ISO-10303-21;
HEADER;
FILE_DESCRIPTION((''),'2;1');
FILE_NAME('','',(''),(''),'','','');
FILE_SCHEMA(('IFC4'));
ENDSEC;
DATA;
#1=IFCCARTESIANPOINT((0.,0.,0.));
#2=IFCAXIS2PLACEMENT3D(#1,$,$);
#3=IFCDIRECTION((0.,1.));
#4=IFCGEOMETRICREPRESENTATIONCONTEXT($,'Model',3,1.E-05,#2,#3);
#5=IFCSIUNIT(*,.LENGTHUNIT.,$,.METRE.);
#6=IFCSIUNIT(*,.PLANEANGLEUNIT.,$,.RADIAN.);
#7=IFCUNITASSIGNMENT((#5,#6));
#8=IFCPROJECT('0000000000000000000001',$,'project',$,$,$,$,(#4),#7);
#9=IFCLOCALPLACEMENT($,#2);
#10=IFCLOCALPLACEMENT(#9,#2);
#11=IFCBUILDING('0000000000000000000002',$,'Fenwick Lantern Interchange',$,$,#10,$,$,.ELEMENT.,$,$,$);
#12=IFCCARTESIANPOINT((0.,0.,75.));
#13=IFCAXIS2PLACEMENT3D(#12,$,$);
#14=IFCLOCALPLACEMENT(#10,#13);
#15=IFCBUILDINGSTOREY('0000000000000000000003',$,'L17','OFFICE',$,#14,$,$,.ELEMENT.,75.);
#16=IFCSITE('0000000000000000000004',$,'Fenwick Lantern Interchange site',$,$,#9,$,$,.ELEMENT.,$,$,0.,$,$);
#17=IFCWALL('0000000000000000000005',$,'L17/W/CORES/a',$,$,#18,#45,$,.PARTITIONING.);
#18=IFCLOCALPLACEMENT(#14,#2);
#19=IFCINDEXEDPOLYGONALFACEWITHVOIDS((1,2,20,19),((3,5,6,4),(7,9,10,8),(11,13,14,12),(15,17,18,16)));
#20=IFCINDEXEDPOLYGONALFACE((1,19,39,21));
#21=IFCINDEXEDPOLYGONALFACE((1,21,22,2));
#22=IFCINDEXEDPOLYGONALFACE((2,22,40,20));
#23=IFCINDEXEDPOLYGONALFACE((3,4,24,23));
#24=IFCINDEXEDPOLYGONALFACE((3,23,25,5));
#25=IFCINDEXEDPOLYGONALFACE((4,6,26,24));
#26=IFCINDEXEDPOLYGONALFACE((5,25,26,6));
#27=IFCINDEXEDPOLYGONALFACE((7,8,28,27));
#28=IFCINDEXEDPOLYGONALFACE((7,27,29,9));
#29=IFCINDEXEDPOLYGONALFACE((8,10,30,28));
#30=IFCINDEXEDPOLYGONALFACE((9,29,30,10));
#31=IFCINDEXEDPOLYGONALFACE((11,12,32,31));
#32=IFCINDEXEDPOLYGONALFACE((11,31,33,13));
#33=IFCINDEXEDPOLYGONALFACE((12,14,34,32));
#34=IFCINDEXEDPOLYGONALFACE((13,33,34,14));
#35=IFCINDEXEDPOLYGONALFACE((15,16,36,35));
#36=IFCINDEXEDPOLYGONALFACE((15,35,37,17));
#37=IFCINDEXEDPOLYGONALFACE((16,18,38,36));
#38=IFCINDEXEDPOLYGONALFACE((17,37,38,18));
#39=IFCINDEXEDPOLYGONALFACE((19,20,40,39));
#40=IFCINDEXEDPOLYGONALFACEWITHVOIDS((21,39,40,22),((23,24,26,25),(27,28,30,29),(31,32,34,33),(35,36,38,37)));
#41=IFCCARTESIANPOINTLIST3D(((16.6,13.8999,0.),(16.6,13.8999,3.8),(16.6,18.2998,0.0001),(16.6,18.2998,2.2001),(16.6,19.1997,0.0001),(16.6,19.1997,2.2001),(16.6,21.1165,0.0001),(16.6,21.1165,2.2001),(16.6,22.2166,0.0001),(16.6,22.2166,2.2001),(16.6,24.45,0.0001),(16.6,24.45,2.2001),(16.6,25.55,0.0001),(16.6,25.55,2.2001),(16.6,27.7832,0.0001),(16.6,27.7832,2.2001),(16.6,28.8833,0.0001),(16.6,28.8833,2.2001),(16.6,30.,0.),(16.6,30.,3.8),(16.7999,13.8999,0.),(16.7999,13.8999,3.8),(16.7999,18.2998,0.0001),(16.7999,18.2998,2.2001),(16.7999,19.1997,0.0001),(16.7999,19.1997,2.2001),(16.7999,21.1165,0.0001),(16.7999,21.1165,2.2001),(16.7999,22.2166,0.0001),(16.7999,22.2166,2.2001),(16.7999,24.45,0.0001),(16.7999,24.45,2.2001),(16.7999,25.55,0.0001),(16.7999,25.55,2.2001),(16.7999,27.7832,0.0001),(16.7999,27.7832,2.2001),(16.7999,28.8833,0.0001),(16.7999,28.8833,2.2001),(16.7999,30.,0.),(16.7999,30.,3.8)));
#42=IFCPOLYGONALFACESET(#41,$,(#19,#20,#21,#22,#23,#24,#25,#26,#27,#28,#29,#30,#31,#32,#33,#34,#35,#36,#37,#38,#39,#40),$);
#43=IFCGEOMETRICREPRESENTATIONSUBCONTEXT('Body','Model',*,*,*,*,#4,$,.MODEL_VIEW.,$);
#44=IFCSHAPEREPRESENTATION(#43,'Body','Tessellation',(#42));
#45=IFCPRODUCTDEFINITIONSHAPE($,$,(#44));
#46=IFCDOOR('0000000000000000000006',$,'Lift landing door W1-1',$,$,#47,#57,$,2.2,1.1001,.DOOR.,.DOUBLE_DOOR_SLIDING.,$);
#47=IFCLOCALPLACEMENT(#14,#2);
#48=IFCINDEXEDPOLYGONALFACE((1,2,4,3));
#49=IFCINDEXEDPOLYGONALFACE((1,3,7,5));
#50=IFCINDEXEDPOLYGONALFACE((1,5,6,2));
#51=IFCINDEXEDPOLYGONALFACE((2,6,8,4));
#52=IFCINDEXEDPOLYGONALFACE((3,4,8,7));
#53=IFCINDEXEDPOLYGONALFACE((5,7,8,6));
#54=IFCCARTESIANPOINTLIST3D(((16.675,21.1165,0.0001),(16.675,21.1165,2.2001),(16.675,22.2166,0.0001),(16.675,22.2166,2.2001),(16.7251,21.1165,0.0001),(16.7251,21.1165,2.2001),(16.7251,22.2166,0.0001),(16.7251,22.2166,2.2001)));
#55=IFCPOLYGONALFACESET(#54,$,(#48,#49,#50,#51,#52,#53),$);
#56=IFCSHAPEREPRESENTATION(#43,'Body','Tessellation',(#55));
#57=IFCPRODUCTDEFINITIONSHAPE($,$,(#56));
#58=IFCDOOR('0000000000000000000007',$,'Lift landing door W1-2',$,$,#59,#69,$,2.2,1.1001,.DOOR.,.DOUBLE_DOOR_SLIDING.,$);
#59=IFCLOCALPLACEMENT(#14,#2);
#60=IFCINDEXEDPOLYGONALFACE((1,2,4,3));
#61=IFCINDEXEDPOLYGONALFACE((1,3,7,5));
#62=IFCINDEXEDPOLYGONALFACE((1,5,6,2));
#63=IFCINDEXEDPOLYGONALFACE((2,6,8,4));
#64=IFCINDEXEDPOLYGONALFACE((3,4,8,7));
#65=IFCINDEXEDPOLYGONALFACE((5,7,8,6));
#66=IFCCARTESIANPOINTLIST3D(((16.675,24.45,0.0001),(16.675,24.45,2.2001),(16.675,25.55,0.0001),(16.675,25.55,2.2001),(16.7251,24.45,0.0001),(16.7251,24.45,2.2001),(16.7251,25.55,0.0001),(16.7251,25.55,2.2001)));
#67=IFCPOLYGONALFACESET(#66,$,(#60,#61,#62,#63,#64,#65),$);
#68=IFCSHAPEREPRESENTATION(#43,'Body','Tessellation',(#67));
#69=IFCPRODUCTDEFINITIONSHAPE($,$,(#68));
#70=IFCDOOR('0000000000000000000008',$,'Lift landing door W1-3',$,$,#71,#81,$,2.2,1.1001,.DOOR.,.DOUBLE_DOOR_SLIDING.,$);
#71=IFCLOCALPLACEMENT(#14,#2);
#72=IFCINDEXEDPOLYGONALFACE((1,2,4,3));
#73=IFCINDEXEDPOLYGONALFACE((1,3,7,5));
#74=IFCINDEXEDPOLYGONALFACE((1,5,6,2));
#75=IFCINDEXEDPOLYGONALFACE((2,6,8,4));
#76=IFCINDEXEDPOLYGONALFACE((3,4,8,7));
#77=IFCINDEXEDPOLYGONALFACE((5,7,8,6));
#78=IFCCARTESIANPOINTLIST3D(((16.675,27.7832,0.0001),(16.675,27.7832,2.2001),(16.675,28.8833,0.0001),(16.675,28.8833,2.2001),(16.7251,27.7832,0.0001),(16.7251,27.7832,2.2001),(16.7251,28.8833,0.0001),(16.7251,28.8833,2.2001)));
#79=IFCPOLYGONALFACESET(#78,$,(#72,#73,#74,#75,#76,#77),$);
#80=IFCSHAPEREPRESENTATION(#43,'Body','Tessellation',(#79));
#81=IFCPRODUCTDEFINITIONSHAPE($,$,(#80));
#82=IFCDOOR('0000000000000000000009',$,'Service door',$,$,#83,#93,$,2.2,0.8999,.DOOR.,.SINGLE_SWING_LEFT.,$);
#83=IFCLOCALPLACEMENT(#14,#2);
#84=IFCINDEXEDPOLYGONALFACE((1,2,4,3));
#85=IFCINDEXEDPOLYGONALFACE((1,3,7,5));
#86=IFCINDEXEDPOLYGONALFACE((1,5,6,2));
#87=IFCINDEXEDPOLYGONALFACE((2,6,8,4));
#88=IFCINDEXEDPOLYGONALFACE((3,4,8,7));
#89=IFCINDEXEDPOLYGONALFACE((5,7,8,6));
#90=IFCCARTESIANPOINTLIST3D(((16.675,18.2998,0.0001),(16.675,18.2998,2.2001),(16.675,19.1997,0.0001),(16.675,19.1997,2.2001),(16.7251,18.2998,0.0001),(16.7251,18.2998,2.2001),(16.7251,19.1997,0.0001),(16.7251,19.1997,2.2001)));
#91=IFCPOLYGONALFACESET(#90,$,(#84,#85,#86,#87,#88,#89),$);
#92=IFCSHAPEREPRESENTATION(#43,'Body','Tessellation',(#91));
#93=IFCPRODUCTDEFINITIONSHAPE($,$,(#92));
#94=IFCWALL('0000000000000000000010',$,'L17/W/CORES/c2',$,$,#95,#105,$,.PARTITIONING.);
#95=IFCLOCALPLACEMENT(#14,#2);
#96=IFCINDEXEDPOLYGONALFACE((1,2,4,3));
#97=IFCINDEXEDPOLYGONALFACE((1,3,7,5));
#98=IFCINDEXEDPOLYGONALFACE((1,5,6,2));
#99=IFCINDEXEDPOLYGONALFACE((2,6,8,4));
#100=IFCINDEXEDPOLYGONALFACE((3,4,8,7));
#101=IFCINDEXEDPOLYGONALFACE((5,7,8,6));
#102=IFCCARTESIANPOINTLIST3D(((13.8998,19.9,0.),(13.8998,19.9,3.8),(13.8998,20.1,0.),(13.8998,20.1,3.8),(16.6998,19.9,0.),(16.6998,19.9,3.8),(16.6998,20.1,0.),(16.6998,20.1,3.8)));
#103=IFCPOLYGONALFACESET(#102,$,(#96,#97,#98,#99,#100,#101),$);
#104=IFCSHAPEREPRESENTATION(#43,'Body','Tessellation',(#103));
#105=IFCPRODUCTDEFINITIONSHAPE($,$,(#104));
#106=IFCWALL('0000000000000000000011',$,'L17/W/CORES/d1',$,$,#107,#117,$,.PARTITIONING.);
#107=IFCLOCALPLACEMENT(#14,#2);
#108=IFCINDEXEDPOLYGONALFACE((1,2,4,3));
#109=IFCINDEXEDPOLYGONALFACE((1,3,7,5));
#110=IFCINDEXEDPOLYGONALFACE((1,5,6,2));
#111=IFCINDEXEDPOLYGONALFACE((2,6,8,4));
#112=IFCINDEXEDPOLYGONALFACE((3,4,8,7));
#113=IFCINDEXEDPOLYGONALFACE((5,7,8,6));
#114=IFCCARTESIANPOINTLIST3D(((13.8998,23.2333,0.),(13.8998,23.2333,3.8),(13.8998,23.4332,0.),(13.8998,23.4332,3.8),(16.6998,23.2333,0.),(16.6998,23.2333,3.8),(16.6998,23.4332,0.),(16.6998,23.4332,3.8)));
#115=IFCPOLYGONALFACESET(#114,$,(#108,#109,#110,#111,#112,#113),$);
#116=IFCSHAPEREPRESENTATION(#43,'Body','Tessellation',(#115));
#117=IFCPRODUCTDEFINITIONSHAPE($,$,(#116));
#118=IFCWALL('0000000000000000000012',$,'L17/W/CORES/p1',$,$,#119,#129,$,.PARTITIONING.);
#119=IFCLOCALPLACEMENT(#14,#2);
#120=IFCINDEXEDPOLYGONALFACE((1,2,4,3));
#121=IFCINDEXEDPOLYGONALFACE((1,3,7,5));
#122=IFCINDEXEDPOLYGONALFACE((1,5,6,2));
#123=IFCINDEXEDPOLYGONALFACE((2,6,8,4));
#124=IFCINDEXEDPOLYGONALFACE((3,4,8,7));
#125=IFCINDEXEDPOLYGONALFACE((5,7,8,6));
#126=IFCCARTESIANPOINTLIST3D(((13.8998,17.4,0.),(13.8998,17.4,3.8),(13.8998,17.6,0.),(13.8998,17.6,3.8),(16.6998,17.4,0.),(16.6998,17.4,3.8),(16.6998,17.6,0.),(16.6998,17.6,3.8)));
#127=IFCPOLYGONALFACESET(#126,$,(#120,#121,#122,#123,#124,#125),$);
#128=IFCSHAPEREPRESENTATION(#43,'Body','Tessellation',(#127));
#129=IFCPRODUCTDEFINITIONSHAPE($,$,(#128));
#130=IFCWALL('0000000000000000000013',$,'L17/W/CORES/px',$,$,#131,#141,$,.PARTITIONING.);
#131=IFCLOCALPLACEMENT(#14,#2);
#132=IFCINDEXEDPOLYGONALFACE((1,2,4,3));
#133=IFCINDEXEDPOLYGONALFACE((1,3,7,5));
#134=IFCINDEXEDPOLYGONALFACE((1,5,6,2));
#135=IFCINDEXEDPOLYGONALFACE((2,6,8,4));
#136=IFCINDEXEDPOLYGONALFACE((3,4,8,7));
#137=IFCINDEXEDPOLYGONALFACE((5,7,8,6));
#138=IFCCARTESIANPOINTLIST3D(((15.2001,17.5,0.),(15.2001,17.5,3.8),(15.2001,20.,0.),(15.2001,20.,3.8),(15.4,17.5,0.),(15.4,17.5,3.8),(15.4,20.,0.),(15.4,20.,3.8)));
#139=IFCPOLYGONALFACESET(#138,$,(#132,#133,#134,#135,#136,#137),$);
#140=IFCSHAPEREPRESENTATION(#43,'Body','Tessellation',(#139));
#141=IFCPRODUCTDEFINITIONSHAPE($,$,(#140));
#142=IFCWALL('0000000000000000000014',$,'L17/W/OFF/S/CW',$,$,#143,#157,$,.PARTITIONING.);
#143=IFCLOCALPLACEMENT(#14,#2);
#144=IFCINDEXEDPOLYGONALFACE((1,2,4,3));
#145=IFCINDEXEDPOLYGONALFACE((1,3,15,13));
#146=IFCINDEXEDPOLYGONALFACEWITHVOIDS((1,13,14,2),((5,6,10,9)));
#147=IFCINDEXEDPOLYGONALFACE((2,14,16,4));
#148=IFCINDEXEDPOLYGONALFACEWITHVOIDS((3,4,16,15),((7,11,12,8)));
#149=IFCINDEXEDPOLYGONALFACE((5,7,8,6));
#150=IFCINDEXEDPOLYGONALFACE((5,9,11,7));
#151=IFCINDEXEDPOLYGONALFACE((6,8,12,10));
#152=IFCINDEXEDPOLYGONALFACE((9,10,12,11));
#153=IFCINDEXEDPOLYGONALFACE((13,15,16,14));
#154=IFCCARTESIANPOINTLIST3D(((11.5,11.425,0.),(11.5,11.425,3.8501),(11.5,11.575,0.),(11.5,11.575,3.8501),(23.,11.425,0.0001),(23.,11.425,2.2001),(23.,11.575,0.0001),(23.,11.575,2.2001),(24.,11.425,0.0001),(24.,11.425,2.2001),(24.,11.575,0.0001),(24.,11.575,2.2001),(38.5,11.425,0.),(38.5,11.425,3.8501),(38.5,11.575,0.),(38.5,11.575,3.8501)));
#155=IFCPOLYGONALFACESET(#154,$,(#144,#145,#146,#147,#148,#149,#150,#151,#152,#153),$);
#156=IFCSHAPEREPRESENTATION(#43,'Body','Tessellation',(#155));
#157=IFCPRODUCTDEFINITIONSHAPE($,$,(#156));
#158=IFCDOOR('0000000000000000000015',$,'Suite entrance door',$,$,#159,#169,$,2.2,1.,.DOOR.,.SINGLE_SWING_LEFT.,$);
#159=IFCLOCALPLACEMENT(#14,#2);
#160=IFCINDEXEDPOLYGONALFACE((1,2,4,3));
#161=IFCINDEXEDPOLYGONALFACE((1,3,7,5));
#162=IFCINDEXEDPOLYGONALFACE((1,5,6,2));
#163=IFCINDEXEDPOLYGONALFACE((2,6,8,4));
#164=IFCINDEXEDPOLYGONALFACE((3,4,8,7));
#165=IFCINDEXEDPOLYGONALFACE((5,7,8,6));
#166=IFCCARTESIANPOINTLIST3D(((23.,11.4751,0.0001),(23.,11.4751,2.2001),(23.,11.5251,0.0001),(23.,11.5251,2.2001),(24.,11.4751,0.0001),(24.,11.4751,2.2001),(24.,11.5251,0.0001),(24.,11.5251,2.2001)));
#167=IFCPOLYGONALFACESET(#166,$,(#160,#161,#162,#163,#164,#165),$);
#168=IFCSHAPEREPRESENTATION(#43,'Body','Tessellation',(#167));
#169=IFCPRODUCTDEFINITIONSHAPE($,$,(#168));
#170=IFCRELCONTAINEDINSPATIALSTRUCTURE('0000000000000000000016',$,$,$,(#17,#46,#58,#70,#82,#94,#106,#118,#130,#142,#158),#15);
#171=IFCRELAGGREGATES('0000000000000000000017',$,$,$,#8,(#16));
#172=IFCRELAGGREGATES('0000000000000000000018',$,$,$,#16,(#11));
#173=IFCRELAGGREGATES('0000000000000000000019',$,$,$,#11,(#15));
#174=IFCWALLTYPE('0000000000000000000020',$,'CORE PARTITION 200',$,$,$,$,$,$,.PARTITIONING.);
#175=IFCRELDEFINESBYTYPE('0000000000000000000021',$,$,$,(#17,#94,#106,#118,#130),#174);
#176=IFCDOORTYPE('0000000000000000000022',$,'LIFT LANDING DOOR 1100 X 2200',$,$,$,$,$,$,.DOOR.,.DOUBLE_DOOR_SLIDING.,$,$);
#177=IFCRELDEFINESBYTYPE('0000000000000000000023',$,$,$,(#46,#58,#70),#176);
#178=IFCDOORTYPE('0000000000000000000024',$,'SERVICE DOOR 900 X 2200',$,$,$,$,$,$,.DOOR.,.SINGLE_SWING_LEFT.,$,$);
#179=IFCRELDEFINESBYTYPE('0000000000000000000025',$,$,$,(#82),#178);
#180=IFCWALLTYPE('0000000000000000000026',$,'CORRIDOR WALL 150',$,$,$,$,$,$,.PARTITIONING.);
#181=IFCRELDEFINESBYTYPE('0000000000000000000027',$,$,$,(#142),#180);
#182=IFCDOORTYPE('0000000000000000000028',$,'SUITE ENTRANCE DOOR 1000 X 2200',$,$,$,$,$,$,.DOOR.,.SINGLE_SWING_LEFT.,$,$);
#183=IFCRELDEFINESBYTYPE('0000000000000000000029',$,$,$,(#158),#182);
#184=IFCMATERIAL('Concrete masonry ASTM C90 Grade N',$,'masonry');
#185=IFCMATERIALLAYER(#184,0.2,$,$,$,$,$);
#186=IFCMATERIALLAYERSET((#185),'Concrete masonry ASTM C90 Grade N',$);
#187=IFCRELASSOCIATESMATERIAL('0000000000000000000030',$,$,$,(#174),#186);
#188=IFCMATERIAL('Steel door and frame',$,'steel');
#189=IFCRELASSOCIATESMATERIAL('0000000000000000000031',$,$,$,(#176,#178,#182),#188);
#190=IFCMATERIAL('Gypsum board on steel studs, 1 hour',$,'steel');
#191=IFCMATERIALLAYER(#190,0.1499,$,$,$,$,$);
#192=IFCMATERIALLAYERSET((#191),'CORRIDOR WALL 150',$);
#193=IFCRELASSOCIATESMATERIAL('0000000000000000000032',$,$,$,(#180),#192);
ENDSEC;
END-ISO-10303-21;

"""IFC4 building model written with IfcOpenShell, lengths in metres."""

from ifc_helpers import new_model, si_unit, direction, frame, frame_2d, origin, place, context, subcontext, project, spatial, rectangle, extrude, material, layer, layer_set, type_object, element, fill, save


model = new_model("IFC4")

# Units and contexts
model_context = context("Model", 3, precision=1e-05, world=origin(), true_north=direction((0.0, 1.0)))
body_context = subcontext(model_context, "Body", "Model", "MODEL_VIEW")
ifc_project = project(units=[si_unit("LENGTHUNIT", "METRE"), si_unit("PLANEANGLEUNIT", "RADIAN")], contexts=[model_context])

# Site, building, storey
site_placement = place(None, origin())
site = spatial("IfcSite", under=ifc_project, at=site_placement, Name="Fenwick Lantern Interchange site", CompositionType="ELEMENT", RefElevation=0.0)
building_placement = place(site_placement, origin())
building = spatial("IfcBuilding", under=site, at=building_placement, Name="Fenwick Lantern Interchange", CompositionType="ELEMENT")
storey_placement = place(building_placement, frame((0.0, 0.0, 75.0)))
storey = spatial("IfcBuildingStorey", under=building, at=storey_placement, Name="L17", Description="OFFICE", CompositionType="ELEMENT", Elevation=75.0)

# Wall, openings, doors
ifc_material_1 = material(Name="Concrete masonry ASTM C90 Grade N", Category="masonry")
ifc_layer_1 = layer(ifc_material_1, 0.2)
ifc_layer_set_1 = layer_set([ifc_layer_1], Name="Concrete masonry ASTM C90 Grade N")
wall_type_1 = type_object("IfcWallType", Name="CORE PARTITION 200", PredefinedType="PARTITIONING", material=ifc_layer_set_1)
wall_1_placement = place(storey_placement, frame((16.7, 13.8999, 0.0), z_axis=(0.0, 0.0, 1.0), x_axis=(0.0, 1.0, 0.0)))
wall_1 = element("IfcWall", 1, at=wall_1_placement, inside=storey, type_object=wall_type_1, Name="L17/W/CORES/a", PredefinedType="PARTITIONING", context=body_context, shape_type="SweptSolid", body=[
    extrude(rectangle(XDim=16.1001, YDim=0.2, at=frame_2d((8.05, 0.0))), origin(), (0.0, 0.0, 1.0), 3.8),
])
opening_1_placement = place(wall_1_placement, frame((4.3999, 0.0, 0.0)))
opening_1 = element("IfcOpeningElement", 2, at=opening_1_placement, cuts=wall_1, PredefinedType="OPENING", context=body_context, shape_type="SweptSolid", body=[
    extrude(rectangle(XDim=0.8999, YDim=2.2, at=frame_2d((0.45, 1.1001))), frame((0.0, 0.1099, 0.0), z_axis=(0.0, -1.0, 0.0), x_axis=(1.0, 0.0, 0.0)), (0.0, 0.0, 1.0), 0.22),
])
opening_2_placement = place(wall_1_placement, frame((7.2166, 0.0, 0.0)))
opening_2 = element("IfcOpeningElement", 3, at=opening_2_placement, cuts=wall_1, PredefinedType="OPENING", context=body_context, shape_type="SweptSolid", body=[
    extrude(rectangle(XDim=1.1001, YDim=2.2, at=frame_2d((0.55, 1.1001))), frame((0.0, 0.1099, 0.0), z_axis=(0.0, -1.0, 0.0), x_axis=(1.0, 0.0, 0.0)), (0.0, 0.0, 1.0), 0.22),
])
opening_3_placement = place(wall_1_placement, frame((10.55, 0.0, 0.0)))
opening_3 = element("IfcOpeningElement", 4, at=opening_3_placement, cuts=wall_1, PredefinedType="OPENING", context=body_context, shape_type="SweptSolid", body=[
    extrude(rectangle(XDim=1.1001, YDim=2.2, at=frame_2d((0.55, 1.1001))), frame((0.0, 0.1099, 0.0), z_axis=(0.0, -1.0, 0.0), x_axis=(1.0, 0.0, 0.0)), (0.0, 0.0, 1.0), 0.22),
])
opening_4_placement = place(wall_1_placement, frame((13.8833, 0.0, 0.0)))
opening_4 = element("IfcOpeningElement", 5, at=opening_4_placement, cuts=wall_1, PredefinedType="OPENING", context=body_context, shape_type="SweptSolid", body=[
    extrude(rectangle(XDim=1.1001, YDim=2.2, at=frame_2d((0.55, 1.1001))), frame((0.0, 0.1099, 0.0), z_axis=(0.0, -1.0, 0.0), x_axis=(1.0, 0.0, 0.0)), (0.0, 0.0, 1.0), 0.22),
])
ifc_material_2 = material(Name="Steel door and frame", Category="steel")
door_type_1 = type_object("IfcDoorType", Name="LIFT LANDING DOOR 1100 X 2200", OperationType="DOUBLE_DOOR_SLIDING", PredefinedType="DOOR", material=ifc_material_2)
door_1_placement = place(opening_2_placement, origin())
door_1 = element("IfcDoor", 6, at=door_1_placement, inside=storey, type_object=door_type_1, Name="Lift landing door W1-1", OperationType="DOUBLE_DOOR_SLIDING", OverallHeight=2.2, OverallWidth=1.1001, PredefinedType="DOOR", context=body_context, shape_type="SweptSolid", body=[
    extrude(rectangle(XDim=1.1001, YDim=2.2, at=frame_2d((0.55, 1.1001))), frame((0.0, 0.0249, 0.0), z_axis=(0.0, -1.0, 0.0), x_axis=(1.0, 0.0, 0.0)), (0.0, 0.0, 1.0), 0.05),
])
fill(opening_2, door_1)
door_2_placement = place(opening_3_placement, origin())
door_2 = element("IfcDoor", 7, at=door_2_placement, inside=storey, type_object=door_type_1, Name="Lift landing door W1-2", OperationType="DOUBLE_DOOR_SLIDING", OverallHeight=2.2, OverallWidth=1.1001, PredefinedType="DOOR", context=body_context, shape_type="SweptSolid", body=[
    extrude(rectangle(XDim=1.1001, YDim=2.2, at=frame_2d((0.55, 1.1001))), frame((0.0, 0.0249, 0.0), z_axis=(0.0, -1.0, 0.0), x_axis=(1.0, 0.0, 0.0)), (0.0, 0.0, 1.0), 0.05),
])
fill(opening_3, door_2)
door_3_placement = place(opening_4_placement, origin())
door_3 = element("IfcDoor", 8, at=door_3_placement, inside=storey, type_object=door_type_1, Name="Lift landing door W1-3", OperationType="DOUBLE_DOOR_SLIDING", OverallHeight=2.2, OverallWidth=1.1001, PredefinedType="DOOR", context=body_context, shape_type="SweptSolid", body=[
    extrude(rectangle(XDim=1.1001, YDim=2.2, at=frame_2d((0.55, 1.1001))), frame((0.0, 0.0249, 0.0), z_axis=(0.0, -1.0, 0.0), x_axis=(1.0, 0.0, 0.0)), (0.0, 0.0, 1.0), 0.05),
])
fill(opening_4, door_3)
door_type_2 = type_object("IfcDoorType", Name="SERVICE DOOR 900 X 2200", OperationType="SINGLE_SWING_LEFT", PredefinedType="DOOR", material=ifc_material_2)
door_4_placement = place(opening_1_placement, origin())
door_4 = element("IfcDoor", 9, at=door_4_placement, inside=storey, type_object=door_type_2, Name="Service door", OperationType="SINGLE_SWING_LEFT", OverallHeight=2.2, OverallWidth=0.8999, PredefinedType="DOOR", context=body_context, shape_type="SweptSolid", body=[
    extrude(rectangle(XDim=0.8999, YDim=2.2, at=frame_2d((0.45, 1.1001))), frame((0.0, 0.0249, 0.0), z_axis=(0.0, -1.0, 0.0), x_axis=(1.0, 0.0, 0.0)), (0.0, 0.0, 1.0), 0.05),
])
fill(opening_1, door_4)

# Walls
for number, where, z_axis, x_axis, name in (
    (10, (13.8999, 20.0, 0.0), (0.0, 0.0, 1.0), (1.0, 0.0, 0.0), "L17/W/CORES/c2"),
    (11, (13.8999, 23.3333, 0.0), (0.0, 0.0, 1.0), (1.0, 0.0, 0.0), "L17/W/CORES/d1"),
    (12, (13.8999, 17.5, 0.0), (0.0, 0.0, 1.0), (1.0, 0.0, 0.0), "L17/W/CORES/p1"),
):
    element("IfcWall", number, at=place(storey_placement, frame(where, z_axis=z_axis, x_axis=x_axis)), inside=storey, type_object=wall_type_1, Name=name, PredefinedType="PARTITIONING", context=body_context, shape_type="SweptSolid", body=[
        extrude(rectangle(XDim=2.8, YDim=0.2, at=frame_2d((1.3999, 0.0))), origin(), (0.0, 0.0, 1.0), 3.8),
    ])
wall_2_placement = place(storey_placement, frame((15.3, 17.5, 0.0), z_axis=(0.0, 0.0, 1.0), x_axis=(0.0, 1.0, 0.0)))
element("IfcWall", 13, at=wall_2_placement, inside=storey, type_object=wall_type_1, Name="L17/W/CORES/px", PredefinedType="PARTITIONING", context=body_context, shape_type="SweptSolid", body=[
    extrude(rectangle(XDim=2.5, YDim=0.2, at=frame_2d((1.25, 0.0))), origin(), (0.0, 0.0, 1.0), 3.8),
])

# Wall, opening, door
ifc_material_3 = material(Name="Gypsum board on steel studs, 1 hour", Category="steel")
ifc_layer_2 = layer(ifc_material_3, 0.1499)
ifc_layer_set_2 = layer_set([ifc_layer_2], Name="CORRIDOR WALL 150")
wall_type_2 = type_object("IfcWallType", Name="CORRIDOR WALL 150", PredefinedType="PARTITIONING", material=ifc_layer_set_2)
wall_3_placement = place(storey_placement, frame((11.5, 11.5, 0.0), z_axis=(0.0, 0.0, 1.0), x_axis=(1.0, 0.0, 0.0)))
wall_3 = element("IfcWall", 14, at=wall_3_placement, inside=storey, type_object=wall_type_2, Name="L17/W/OFF/S/CW", PredefinedType="PARTITIONING", context=body_context, shape_type="SweptSolid", body=[
    extrude(rectangle(XDim=27.0, YDim=0.1499, at=frame_2d((13.5, 0.0))), origin(), (0.0, 0.0, 1.0), 3.8501),
])
opening_5_placement = place(wall_3_placement, frame((11.5, 0.0, 0.0)))
opening_5 = element("IfcOpeningElement", 15, at=opening_5_placement, cuts=wall_3, PredefinedType="OPENING", context=body_context, shape_type="SweptSolid", body=[
    extrude(rectangle(XDim=1.0, YDim=2.2, at=frame_2d((0.5, 1.1001))), frame((0.0, 0.085, 0.0), z_axis=(0.0, -1.0, 0.0), x_axis=(1.0, 0.0, 0.0)), (0.0, 0.0, 1.0), 0.1699),
])
door_type_3 = type_object("IfcDoorType", Name="SUITE ENTRANCE DOOR 1000 X 2200", OperationType="SINGLE_SWING_LEFT", PredefinedType="DOOR", material=ifc_material_2)
door_5_placement = place(opening_5_placement, frame((1.0, 0.0, 0.0), z_axis=(0.0, 0.0, 1.0), x_axis=(-1.0, 0.0, 0.0)))
door_5 = element("IfcDoor", 16, at=door_5_placement, inside=storey, type_object=door_type_3, Name="Suite entrance door", OperationType="SINGLE_SWING_LEFT", OverallHeight=2.2, OverallWidth=1.0, PredefinedType="DOOR", context=body_context, shape_type="SweptSolid", body=[
    extrude(rectangle(XDim=1.0, YDim=2.2, at=frame_2d((0.5, 1.1001))), frame((0.0, 0.0249, 0.0), z_axis=(0.0, -1.0, 0.0), x_axis=(1.0, 0.0, 0.0)), (0.0, 0.0, 1.0), 0.05),
])
fill(opening_5, door_5)

save(model, "model.ifc")
